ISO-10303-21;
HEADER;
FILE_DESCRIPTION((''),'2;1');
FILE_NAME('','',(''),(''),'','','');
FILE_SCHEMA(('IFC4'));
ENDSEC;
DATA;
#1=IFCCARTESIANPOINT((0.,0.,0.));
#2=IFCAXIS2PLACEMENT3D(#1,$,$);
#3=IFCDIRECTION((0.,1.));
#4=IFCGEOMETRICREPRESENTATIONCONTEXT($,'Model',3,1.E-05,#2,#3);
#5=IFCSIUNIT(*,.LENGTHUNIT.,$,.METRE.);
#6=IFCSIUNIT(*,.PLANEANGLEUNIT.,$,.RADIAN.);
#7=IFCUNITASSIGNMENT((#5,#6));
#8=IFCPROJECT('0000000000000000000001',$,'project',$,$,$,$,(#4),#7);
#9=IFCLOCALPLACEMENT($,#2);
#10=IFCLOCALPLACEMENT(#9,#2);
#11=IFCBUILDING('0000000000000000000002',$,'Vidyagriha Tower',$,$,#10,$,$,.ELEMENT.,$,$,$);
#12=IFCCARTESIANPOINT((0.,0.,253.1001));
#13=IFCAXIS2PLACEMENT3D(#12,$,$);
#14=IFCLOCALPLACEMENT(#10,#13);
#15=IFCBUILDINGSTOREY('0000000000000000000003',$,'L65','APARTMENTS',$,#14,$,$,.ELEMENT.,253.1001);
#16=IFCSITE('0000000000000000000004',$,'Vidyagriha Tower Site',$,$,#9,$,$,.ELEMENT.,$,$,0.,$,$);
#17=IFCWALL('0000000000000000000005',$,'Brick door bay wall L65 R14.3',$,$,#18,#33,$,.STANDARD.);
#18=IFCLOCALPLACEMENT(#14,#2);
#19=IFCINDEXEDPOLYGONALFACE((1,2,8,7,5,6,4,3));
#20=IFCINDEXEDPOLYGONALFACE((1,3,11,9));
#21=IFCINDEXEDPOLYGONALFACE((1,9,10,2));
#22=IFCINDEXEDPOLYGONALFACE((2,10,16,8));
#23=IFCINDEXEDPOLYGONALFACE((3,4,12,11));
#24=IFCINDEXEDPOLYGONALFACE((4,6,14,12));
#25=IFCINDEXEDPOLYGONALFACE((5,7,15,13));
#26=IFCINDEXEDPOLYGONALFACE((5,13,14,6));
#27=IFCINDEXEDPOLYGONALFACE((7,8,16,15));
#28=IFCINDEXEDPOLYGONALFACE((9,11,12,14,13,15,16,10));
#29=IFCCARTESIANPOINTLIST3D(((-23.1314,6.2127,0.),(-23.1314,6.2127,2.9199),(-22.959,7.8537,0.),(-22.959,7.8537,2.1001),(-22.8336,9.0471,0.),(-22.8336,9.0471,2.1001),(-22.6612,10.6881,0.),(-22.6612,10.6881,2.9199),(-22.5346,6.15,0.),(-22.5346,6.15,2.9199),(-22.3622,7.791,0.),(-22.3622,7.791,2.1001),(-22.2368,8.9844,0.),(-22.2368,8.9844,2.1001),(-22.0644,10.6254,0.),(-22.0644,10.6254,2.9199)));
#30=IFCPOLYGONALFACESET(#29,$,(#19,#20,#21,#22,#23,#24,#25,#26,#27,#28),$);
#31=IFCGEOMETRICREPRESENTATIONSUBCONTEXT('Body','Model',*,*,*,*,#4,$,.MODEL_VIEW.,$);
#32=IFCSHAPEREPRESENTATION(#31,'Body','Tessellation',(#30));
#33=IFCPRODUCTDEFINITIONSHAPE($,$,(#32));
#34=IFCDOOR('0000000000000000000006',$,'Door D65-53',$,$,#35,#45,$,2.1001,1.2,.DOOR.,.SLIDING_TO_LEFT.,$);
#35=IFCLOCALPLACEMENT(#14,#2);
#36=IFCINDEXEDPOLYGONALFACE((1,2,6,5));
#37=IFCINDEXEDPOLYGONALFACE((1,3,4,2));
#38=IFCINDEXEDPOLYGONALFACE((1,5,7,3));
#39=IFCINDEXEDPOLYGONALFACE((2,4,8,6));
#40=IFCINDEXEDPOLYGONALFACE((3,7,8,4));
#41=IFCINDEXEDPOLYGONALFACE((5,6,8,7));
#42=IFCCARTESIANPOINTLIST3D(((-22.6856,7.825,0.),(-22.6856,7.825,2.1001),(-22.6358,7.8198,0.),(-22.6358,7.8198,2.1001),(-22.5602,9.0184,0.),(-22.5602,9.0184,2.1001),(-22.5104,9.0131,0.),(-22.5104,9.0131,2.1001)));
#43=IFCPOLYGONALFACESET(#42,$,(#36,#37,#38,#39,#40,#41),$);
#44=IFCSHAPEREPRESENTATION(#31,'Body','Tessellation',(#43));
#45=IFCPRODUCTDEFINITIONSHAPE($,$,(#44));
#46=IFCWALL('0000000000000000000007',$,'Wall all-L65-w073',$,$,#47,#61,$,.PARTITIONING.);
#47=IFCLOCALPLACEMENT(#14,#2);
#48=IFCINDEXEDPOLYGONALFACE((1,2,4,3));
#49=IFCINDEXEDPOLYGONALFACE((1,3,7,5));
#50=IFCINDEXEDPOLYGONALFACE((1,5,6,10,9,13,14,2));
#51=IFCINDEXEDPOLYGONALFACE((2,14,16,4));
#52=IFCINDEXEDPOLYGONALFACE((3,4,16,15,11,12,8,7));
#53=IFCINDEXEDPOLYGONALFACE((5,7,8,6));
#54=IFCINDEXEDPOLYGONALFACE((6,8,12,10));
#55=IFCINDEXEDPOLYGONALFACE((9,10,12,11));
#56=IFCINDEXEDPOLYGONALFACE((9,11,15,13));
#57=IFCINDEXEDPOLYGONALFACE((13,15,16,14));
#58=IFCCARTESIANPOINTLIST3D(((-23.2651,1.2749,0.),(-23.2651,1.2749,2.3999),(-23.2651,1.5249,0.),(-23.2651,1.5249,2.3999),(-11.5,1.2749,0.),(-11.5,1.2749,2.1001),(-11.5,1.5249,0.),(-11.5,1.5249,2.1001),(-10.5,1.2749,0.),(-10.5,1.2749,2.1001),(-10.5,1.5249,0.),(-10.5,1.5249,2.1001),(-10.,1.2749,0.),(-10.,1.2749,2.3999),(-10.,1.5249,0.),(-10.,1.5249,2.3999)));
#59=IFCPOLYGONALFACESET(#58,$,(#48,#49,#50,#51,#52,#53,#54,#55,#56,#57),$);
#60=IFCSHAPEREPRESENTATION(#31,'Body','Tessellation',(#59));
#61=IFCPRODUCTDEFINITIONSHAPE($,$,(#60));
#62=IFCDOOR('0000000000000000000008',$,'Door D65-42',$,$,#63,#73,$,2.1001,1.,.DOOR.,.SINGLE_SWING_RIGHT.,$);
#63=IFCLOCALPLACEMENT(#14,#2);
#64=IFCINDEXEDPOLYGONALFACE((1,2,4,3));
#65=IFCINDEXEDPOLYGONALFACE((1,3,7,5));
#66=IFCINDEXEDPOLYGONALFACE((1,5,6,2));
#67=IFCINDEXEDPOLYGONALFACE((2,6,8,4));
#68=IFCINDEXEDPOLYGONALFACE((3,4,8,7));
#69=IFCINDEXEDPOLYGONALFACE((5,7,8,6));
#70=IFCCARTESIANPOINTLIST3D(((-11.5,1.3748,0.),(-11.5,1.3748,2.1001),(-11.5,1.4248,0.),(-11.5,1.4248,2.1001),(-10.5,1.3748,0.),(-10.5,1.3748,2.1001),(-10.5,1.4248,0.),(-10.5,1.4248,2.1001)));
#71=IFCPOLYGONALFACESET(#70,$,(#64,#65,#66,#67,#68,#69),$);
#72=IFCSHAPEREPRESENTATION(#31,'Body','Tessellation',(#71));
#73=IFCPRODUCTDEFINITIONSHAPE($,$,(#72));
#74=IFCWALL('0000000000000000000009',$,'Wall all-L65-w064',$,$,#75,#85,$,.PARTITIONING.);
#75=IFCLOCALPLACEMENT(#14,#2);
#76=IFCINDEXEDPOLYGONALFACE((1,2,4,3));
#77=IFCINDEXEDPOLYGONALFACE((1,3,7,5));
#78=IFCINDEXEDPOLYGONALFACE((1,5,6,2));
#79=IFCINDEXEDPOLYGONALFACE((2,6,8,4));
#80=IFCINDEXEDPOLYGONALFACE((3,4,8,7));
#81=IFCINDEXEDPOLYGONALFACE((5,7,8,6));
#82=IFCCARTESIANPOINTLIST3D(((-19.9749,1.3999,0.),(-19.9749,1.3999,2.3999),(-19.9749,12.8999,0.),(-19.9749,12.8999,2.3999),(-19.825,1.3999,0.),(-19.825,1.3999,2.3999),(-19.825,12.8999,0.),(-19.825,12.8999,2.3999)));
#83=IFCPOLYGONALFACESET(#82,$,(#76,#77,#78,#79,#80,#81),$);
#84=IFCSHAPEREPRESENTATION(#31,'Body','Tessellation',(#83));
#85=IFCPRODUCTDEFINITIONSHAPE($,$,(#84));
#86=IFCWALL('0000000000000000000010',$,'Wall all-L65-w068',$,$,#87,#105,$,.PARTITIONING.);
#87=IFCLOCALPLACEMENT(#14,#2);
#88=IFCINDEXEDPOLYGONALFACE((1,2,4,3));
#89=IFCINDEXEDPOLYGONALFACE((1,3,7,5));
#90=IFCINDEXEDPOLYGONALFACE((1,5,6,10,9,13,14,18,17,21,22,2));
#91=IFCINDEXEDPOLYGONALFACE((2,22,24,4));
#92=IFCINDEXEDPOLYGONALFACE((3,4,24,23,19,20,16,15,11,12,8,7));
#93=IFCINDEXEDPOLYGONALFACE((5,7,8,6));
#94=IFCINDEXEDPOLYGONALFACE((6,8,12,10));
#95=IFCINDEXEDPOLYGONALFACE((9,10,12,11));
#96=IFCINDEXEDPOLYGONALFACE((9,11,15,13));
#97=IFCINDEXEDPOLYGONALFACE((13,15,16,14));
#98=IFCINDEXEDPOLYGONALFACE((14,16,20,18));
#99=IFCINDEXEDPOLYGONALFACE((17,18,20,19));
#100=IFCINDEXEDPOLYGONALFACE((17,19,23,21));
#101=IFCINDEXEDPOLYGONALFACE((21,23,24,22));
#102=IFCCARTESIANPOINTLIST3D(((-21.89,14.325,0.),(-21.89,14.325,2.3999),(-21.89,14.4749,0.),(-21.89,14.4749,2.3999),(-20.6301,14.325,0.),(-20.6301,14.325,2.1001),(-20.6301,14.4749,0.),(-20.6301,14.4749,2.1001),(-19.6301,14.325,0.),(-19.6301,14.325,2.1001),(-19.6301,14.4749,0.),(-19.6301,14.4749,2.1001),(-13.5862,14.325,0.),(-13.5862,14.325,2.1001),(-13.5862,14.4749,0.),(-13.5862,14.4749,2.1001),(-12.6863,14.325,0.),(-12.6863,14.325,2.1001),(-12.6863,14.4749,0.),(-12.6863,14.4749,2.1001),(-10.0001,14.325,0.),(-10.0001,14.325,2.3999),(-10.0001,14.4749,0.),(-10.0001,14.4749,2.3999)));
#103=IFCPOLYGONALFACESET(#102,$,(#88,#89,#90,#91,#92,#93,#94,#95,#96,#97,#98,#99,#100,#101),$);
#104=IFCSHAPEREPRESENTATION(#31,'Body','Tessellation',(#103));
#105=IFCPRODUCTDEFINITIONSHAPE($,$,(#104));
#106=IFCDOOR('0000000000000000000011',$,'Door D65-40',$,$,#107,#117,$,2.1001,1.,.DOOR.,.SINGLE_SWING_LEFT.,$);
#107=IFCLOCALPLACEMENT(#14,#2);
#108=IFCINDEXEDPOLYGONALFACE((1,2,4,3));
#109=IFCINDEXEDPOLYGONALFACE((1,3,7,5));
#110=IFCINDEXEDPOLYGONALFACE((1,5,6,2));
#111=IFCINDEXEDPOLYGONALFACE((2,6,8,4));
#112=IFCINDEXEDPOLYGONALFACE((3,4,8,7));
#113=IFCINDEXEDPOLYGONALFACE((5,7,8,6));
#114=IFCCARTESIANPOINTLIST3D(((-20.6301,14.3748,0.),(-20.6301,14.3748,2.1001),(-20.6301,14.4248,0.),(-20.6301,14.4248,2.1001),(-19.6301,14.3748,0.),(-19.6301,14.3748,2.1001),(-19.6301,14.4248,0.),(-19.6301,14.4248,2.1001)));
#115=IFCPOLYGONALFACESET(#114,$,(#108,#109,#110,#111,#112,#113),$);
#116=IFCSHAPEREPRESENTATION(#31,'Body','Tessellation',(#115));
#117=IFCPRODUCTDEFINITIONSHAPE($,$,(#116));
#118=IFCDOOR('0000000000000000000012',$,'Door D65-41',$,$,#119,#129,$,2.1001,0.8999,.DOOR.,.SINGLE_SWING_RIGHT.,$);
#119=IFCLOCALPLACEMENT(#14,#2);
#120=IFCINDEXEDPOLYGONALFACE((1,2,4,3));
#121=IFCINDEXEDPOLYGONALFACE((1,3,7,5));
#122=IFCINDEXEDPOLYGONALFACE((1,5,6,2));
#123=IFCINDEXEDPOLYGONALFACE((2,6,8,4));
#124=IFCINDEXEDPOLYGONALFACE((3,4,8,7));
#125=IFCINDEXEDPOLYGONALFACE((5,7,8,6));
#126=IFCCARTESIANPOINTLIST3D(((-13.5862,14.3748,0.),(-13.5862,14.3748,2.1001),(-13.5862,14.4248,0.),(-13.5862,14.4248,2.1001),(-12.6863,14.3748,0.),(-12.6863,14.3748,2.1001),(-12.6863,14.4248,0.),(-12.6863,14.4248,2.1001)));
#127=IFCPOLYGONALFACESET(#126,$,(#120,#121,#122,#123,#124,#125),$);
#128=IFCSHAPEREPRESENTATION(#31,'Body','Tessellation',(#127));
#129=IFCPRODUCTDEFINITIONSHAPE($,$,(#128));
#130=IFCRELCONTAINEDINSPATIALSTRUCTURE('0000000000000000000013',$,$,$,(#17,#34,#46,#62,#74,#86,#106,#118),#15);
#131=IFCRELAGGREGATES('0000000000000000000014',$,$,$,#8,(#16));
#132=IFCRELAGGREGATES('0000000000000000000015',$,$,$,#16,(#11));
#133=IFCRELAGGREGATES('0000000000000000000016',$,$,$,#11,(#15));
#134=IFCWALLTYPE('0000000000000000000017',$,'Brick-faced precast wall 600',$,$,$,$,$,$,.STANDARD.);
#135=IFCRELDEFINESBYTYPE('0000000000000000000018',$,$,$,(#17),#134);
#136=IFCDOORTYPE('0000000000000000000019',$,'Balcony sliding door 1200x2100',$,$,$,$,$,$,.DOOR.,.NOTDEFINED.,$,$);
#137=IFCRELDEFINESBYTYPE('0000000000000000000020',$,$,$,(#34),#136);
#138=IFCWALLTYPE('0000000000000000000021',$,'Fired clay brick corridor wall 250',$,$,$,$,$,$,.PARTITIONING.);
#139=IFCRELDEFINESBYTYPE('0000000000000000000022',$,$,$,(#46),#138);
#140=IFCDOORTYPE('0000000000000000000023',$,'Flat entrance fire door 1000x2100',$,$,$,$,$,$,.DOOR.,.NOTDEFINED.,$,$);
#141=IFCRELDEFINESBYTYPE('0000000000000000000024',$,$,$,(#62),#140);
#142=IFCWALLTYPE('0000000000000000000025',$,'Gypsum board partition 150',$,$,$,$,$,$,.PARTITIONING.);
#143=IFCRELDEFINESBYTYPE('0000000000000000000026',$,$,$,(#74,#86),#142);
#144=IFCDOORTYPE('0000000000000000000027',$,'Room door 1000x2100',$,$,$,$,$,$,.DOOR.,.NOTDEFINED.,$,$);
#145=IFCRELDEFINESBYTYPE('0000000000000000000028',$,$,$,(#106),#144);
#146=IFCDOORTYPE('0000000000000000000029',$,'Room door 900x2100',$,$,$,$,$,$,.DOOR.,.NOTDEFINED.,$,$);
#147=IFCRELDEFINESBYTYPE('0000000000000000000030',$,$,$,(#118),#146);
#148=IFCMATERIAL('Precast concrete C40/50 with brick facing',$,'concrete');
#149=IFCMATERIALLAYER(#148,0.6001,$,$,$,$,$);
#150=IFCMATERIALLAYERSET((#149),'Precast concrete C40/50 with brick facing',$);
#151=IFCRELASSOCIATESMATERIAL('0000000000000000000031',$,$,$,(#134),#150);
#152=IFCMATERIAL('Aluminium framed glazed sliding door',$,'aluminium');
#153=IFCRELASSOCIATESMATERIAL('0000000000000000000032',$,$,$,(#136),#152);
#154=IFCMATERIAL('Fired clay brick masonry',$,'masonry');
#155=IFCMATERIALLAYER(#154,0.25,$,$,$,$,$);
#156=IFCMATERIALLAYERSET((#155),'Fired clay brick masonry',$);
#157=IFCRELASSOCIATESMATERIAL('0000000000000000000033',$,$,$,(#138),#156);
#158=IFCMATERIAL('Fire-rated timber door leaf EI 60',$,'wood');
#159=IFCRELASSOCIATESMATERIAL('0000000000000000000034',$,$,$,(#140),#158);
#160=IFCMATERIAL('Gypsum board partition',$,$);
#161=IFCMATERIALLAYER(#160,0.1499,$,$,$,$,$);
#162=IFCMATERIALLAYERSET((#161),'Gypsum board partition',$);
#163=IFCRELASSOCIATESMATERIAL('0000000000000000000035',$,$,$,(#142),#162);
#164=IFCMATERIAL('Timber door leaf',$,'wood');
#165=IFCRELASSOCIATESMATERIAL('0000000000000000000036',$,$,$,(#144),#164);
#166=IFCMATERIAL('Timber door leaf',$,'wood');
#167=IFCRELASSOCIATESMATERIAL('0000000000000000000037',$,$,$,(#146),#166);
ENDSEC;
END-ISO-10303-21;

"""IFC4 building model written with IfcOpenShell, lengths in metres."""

from ifc_helpers import new_model, si_unit, direction, frame, frame_2d, origin, place, context, subcontext, project, spatial, rectangle, extrude, material, layer, layer_set, type_object, element, fill, save


model = new_model("IFC4")

# Units and contexts
model_context = context("Model", 3, precision=1e-05, world=origin(), true_north=direction((0.0, 1.0)))
body_context = subcontext(model_context, "Body", "Model", "MODEL_VIEW")
ifc_project = project(units=[si_unit("LENGTHUNIT", "METRE"), si_unit("PLANEANGLEUNIT", "RADIAN")], contexts=[model_context])

# Site, building, storey
site_placement = place(None, origin())
site = spatial("IfcSite", under=ifc_project, at=site_placement, Name="Vidyagriha Tower Site", CompositionType="ELEMENT", RefElevation=0.0)
building_placement = place(site_placement, origin())
building = spatial("IfcBuilding", under=site, at=building_placement, Name="Vidyagriha Tower", CompositionType="ELEMENT")
storey_placement = place(building_placement, frame((0.0, 0.0, 253.1001)))
storey = spatial("IfcBuildingStorey", under=building, at=storey_placement, Name="L65", Description="APARTMENTS", CompositionType="ELEMENT", Elevation=253.1001)

# Walls, openings, doors
ifc_material_1 = material(Name="Precast concrete C40/50 with brick facing", Category="concrete")
ifc_layer_1 = layer(ifc_material_1, 0.6001)
ifc_layer_set_1 = layer_set([ifc_layer_1], Name="Precast concrete C40/50 with brick facing")
wall_type_1 = type_object("IfcWallType", Name="Brick-faced precast wall 600", PredefinedType="STANDARD", material=ifc_layer_set_1)
wall_1_placement = place(storey_placement, frame((-22.3628, 10.6567, 0.0), z_axis=(0.0, 0.0, 1.0), x_axis=(-0.104493, -0.994526, 0.0)))
wall_1 = element("IfcWall", 1, at=wall_1_placement, inside=storey, type_object=wall_type_1, Name="Brick door bay wall L65 R14.3", PredefinedType="STANDARD", context=body_context, shape_type="SweptSolid", body=[
    extrude(rectangle(XDim=4.5, YDim=0.6001, at=frame_2d((2.25, 0.0))), origin(), (0.0, 0.0, 1.0), 2.9199),
])
opening_1_placement = place(wall_1_placement, frame((1.6499, 0.0, 0.0)))
opening_1 = element("IfcOpeningElement", 2, at=opening_1_placement, cuts=wall_1, PredefinedType="OPENING", context=body_context, shape_type="SweptSolid", body=[
    extrude(rectangle(XDim=1.2, YDim=2.1001, at=frame_2d((0.6001, 1.05))), frame((0.0, 0.3101, 0.0), z_axis=(0.0, -1.0, 0.0), x_axis=(1.0, 0.0, 0.0)), (0.0, 0.0, 1.0), 0.6201),
])
ifc_material_2 = material(Name="Aluminium framed glazed sliding door", Category="aluminium")
door_type_1 = type_object("IfcDoorType", Name="Balcony sliding door 1200x2100", OperationType="NOTDEFINED", PredefinedType="DOOR", material=ifc_material_2)
door_1_placement = place(opening_1_placement, origin())
door_1 = element("IfcDoor", 3, at=door_1_placement, inside=storey, type_object=door_type_1, Name="Door D65-53", OperationType="SLIDING_TO_LEFT", OverallHeight=2.1001, OverallWidth=1.2, PredefinedType="DOOR", context=body_context, shape_type="SweptSolid", body=[
    extrude(rectangle(XDim=1.2, YDim=2.1001, at=frame_2d((0.6001, 1.05))), frame((0.0, 0.0249, 0.0), z_axis=(0.0, -1.0, 0.0), x_axis=(1.0, 0.0, 0.0)), (0.0, 0.0, 1.0), 0.05),
])
fill(opening_1, door_1)
ifc_material_3 = material(Name="Fired clay brick masonry", Category="masonry")
ifc_layer_2 = layer(ifc_material_3, 0.25)
ifc_layer_set_2 = layer_set([ifc_layer_2], Name="Fired clay brick masonry")
wall_type_2 = type_object("IfcWallType", Name="Fired clay brick corridor wall 250", PredefinedType="PARTITIONING", material=ifc_layer_set_2)
wall_2_placement = place(storey_placement, frame((-23.2651, 1.3999, 0.0)))
wall_2 = element("IfcWall", 4, at=wall_2_placement, inside=storey, type_object=wall_type_2, Name="Wall all-L65-w073", PredefinedType="PARTITIONING", context=body_context, shape_type="SweptSolid", body=[
    extrude(rectangle(XDim=13.2651, YDim=0.25, at=frame_2d((6.6326, 0.0))), origin(), (0.0, 0.0, 1.0), 2.3999),
])
opening_2_placement = place(wall_2_placement, frame((11.7651, 0.0, 0.0)))
opening_2 = element("IfcOpeningElement", 5, at=opening_2_placement, cuts=wall_2, PredefinedType="OPENING", context=body_context, shape_type="SweptSolid", body=[
    extrude(rectangle(XDim=1.0, YDim=2.1001, at=frame_2d((0.5, 1.05))), frame((0.0, 0.135, 0.0), z_axis=(0.0, -1.0, 0.0), x_axis=(1.0, 0.0, 0.0)), (0.0, 0.0, 1.0), 0.27),
])
ifc_material_4 = material(Name="Fire-rated timber door leaf EI 60", Category="wood")
door_type_2 = type_object("IfcDoorType", Name="Flat entrance fire door 1000x2100", OperationType="NOTDEFINED", PredefinedType="DOOR", material=ifc_material_4)
door_2_placement = place(opening_2_placement, origin())
door_2 = element("IfcDoor", 6, at=door_2_placement, inside=storey, type_object=door_type_2, Name="Door D65-42", OperationType="SINGLE_SWING_RIGHT", OverallHeight=2.1001, OverallWidth=1.0, PredefinedType="DOOR", context=body_context, shape_type="SweptSolid", body=[
    extrude(rectangle(XDim=1.0, YDim=2.1001, at=frame_2d((0.5, 1.05))), frame((0.0, 0.0249, 0.0), z_axis=(0.0, -1.0, 0.0), x_axis=(1.0, 0.0, 0.0)), (0.0, 0.0, 1.0), 0.05),
])
fill(opening_2, door_2)

# Wall
ifc_material_5 = material(Name="Gypsum board partition")
ifc_layer_3 = layer(ifc_material_5, 0.1499)
ifc_layer_set_3 = layer_set([ifc_layer_3], Name="Gypsum board partition")
wall_type_3 = type_object("IfcWallType", Name="Gypsum board partition 150", PredefinedType="PARTITIONING", material=ifc_layer_set_3)
wall_3_placement = place(storey_placement, frame((-19.8999, 1.3999, 0.0), z_axis=(0.0, 0.0, 1.0), x_axis=(0.0, 1.0, 0.0)))
element("IfcWall", 7, at=wall_3_placement, inside=storey, type_object=wall_type_3, Name="Wall all-L65-w064", PredefinedType="PARTITIONING", context=body_context, shape_type="SweptSolid", body=[
    extrude(rectangle(XDim=11.5, YDim=0.1499, at=frame_2d((5.75, 0.0))), origin(), (0.0, 0.0, 1.0), 2.3999),
])

# Wall, openings, doors
wall_4_placement = place(storey_placement, frame((-21.8899, 14.3999, 0.0)))
wall_4 = element("IfcWall", 8, at=wall_4_placement, inside=storey, type_object=wall_type_3, Name="Wall all-L65-w068", PredefinedType="PARTITIONING", context=body_context, shape_type="SweptSolid", body=[
    extrude(rectangle(XDim=11.8899, YDim=0.1499, at=frame_2d((5.9448, 0.0))), origin(), (0.0, 0.0, 1.0), 2.3999),
])
opening_3_placement = place(wall_4_placement, frame((1.2598, 0.0, 0.0)))
opening_3 = element("IfcOpeningElement", 9, at=opening_3_placement, cuts=wall_4, PredefinedType="OPENING", context=body_context, shape_type="SweptSolid", body=[
    extrude(rectangle(XDim=1.0, YDim=2.1001, at=frame_2d((0.5, 1.05))), frame((0.0, 0.085, 0.0), z_axis=(0.0, -1.0, 0.0), x_axis=(1.0, 0.0, 0.0)), (0.0, 0.0, 1.0), 0.1699),
])
opening_4_placement = place(wall_4_placement, frame((8.3037, 0.0, 0.0)))
opening_4 = element("IfcOpeningElement", 10, at=opening_4_placement, cuts=wall_4, PredefinedType="OPENING", context=body_context, shape_type="SweptSolid", body=[
    extrude(rectangle(XDim=0.8999, YDim=2.1001, at=frame_2d((0.45, 1.05))), frame((0.0, 0.085, 0.0), z_axis=(0.0, -1.0, 0.0), x_axis=(1.0, 0.0, 0.0)), (0.0, 0.0, 1.0), 0.1699),
])
ifc_material_6 = material(Name="Timber door leaf", Category="wood")
door_type_3 = type_object("IfcDoorType", Name="Room door 1000x2100", OperationType="NOTDEFINED", PredefinedType="DOOR", material=ifc_material_6)
door_3_placement = place(opening_3_placement, origin())
door_3 = element("IfcDoor", 11, at=door_3_placement, inside=storey, type_object=door_type_3, Name="Door D65-40", OperationType="SINGLE_SWING_LEFT", OverallHeight=2.1001, OverallWidth=1.0, PredefinedType="DOOR", context=body_context, shape_type="SweptSolid", body=[
    extrude(rectangle(XDim=1.0, YDim=2.1001, at=frame_2d((0.5, 1.05))), frame((0.0, 0.0249, 0.0), z_axis=(0.0, -1.0, 0.0), x_axis=(1.0, 0.0, 0.0)), (0.0, 0.0, 1.0), 0.05),
])
fill(opening_3, door_3)
ifc_material_7 = material(Name="Timber door leaf", Category="wood")
door_type_4 = type_object("IfcDoorType", Name="Room door 900x2100", OperationType="NOTDEFINED", PredefinedType="DOOR", material=ifc_material_7)
door_4_placement = place(opening_4_placement, origin())
door_4 = element("IfcDoor", 12, at=door_4_placement, inside=storey, type_object=door_type_4, Name="Door D65-41", OperationType="SINGLE_SWING_RIGHT", OverallHeight=2.1001, OverallWidth=0.8999, PredefinedType="DOOR", context=body_context, shape_type="SweptSolid", body=[
    extrude(rectangle(XDim=0.8999, YDim=2.1001, at=frame_2d((0.45, 1.05))), frame((0.0, 0.0249, 0.0), z_axis=(0.0, -1.0, 0.0), x_axis=(1.0, 0.0, 0.0)), (0.0, 0.0, 1.0), 0.05),
])
fill(opening_4, door_4)

save(model, "model.ifc")
